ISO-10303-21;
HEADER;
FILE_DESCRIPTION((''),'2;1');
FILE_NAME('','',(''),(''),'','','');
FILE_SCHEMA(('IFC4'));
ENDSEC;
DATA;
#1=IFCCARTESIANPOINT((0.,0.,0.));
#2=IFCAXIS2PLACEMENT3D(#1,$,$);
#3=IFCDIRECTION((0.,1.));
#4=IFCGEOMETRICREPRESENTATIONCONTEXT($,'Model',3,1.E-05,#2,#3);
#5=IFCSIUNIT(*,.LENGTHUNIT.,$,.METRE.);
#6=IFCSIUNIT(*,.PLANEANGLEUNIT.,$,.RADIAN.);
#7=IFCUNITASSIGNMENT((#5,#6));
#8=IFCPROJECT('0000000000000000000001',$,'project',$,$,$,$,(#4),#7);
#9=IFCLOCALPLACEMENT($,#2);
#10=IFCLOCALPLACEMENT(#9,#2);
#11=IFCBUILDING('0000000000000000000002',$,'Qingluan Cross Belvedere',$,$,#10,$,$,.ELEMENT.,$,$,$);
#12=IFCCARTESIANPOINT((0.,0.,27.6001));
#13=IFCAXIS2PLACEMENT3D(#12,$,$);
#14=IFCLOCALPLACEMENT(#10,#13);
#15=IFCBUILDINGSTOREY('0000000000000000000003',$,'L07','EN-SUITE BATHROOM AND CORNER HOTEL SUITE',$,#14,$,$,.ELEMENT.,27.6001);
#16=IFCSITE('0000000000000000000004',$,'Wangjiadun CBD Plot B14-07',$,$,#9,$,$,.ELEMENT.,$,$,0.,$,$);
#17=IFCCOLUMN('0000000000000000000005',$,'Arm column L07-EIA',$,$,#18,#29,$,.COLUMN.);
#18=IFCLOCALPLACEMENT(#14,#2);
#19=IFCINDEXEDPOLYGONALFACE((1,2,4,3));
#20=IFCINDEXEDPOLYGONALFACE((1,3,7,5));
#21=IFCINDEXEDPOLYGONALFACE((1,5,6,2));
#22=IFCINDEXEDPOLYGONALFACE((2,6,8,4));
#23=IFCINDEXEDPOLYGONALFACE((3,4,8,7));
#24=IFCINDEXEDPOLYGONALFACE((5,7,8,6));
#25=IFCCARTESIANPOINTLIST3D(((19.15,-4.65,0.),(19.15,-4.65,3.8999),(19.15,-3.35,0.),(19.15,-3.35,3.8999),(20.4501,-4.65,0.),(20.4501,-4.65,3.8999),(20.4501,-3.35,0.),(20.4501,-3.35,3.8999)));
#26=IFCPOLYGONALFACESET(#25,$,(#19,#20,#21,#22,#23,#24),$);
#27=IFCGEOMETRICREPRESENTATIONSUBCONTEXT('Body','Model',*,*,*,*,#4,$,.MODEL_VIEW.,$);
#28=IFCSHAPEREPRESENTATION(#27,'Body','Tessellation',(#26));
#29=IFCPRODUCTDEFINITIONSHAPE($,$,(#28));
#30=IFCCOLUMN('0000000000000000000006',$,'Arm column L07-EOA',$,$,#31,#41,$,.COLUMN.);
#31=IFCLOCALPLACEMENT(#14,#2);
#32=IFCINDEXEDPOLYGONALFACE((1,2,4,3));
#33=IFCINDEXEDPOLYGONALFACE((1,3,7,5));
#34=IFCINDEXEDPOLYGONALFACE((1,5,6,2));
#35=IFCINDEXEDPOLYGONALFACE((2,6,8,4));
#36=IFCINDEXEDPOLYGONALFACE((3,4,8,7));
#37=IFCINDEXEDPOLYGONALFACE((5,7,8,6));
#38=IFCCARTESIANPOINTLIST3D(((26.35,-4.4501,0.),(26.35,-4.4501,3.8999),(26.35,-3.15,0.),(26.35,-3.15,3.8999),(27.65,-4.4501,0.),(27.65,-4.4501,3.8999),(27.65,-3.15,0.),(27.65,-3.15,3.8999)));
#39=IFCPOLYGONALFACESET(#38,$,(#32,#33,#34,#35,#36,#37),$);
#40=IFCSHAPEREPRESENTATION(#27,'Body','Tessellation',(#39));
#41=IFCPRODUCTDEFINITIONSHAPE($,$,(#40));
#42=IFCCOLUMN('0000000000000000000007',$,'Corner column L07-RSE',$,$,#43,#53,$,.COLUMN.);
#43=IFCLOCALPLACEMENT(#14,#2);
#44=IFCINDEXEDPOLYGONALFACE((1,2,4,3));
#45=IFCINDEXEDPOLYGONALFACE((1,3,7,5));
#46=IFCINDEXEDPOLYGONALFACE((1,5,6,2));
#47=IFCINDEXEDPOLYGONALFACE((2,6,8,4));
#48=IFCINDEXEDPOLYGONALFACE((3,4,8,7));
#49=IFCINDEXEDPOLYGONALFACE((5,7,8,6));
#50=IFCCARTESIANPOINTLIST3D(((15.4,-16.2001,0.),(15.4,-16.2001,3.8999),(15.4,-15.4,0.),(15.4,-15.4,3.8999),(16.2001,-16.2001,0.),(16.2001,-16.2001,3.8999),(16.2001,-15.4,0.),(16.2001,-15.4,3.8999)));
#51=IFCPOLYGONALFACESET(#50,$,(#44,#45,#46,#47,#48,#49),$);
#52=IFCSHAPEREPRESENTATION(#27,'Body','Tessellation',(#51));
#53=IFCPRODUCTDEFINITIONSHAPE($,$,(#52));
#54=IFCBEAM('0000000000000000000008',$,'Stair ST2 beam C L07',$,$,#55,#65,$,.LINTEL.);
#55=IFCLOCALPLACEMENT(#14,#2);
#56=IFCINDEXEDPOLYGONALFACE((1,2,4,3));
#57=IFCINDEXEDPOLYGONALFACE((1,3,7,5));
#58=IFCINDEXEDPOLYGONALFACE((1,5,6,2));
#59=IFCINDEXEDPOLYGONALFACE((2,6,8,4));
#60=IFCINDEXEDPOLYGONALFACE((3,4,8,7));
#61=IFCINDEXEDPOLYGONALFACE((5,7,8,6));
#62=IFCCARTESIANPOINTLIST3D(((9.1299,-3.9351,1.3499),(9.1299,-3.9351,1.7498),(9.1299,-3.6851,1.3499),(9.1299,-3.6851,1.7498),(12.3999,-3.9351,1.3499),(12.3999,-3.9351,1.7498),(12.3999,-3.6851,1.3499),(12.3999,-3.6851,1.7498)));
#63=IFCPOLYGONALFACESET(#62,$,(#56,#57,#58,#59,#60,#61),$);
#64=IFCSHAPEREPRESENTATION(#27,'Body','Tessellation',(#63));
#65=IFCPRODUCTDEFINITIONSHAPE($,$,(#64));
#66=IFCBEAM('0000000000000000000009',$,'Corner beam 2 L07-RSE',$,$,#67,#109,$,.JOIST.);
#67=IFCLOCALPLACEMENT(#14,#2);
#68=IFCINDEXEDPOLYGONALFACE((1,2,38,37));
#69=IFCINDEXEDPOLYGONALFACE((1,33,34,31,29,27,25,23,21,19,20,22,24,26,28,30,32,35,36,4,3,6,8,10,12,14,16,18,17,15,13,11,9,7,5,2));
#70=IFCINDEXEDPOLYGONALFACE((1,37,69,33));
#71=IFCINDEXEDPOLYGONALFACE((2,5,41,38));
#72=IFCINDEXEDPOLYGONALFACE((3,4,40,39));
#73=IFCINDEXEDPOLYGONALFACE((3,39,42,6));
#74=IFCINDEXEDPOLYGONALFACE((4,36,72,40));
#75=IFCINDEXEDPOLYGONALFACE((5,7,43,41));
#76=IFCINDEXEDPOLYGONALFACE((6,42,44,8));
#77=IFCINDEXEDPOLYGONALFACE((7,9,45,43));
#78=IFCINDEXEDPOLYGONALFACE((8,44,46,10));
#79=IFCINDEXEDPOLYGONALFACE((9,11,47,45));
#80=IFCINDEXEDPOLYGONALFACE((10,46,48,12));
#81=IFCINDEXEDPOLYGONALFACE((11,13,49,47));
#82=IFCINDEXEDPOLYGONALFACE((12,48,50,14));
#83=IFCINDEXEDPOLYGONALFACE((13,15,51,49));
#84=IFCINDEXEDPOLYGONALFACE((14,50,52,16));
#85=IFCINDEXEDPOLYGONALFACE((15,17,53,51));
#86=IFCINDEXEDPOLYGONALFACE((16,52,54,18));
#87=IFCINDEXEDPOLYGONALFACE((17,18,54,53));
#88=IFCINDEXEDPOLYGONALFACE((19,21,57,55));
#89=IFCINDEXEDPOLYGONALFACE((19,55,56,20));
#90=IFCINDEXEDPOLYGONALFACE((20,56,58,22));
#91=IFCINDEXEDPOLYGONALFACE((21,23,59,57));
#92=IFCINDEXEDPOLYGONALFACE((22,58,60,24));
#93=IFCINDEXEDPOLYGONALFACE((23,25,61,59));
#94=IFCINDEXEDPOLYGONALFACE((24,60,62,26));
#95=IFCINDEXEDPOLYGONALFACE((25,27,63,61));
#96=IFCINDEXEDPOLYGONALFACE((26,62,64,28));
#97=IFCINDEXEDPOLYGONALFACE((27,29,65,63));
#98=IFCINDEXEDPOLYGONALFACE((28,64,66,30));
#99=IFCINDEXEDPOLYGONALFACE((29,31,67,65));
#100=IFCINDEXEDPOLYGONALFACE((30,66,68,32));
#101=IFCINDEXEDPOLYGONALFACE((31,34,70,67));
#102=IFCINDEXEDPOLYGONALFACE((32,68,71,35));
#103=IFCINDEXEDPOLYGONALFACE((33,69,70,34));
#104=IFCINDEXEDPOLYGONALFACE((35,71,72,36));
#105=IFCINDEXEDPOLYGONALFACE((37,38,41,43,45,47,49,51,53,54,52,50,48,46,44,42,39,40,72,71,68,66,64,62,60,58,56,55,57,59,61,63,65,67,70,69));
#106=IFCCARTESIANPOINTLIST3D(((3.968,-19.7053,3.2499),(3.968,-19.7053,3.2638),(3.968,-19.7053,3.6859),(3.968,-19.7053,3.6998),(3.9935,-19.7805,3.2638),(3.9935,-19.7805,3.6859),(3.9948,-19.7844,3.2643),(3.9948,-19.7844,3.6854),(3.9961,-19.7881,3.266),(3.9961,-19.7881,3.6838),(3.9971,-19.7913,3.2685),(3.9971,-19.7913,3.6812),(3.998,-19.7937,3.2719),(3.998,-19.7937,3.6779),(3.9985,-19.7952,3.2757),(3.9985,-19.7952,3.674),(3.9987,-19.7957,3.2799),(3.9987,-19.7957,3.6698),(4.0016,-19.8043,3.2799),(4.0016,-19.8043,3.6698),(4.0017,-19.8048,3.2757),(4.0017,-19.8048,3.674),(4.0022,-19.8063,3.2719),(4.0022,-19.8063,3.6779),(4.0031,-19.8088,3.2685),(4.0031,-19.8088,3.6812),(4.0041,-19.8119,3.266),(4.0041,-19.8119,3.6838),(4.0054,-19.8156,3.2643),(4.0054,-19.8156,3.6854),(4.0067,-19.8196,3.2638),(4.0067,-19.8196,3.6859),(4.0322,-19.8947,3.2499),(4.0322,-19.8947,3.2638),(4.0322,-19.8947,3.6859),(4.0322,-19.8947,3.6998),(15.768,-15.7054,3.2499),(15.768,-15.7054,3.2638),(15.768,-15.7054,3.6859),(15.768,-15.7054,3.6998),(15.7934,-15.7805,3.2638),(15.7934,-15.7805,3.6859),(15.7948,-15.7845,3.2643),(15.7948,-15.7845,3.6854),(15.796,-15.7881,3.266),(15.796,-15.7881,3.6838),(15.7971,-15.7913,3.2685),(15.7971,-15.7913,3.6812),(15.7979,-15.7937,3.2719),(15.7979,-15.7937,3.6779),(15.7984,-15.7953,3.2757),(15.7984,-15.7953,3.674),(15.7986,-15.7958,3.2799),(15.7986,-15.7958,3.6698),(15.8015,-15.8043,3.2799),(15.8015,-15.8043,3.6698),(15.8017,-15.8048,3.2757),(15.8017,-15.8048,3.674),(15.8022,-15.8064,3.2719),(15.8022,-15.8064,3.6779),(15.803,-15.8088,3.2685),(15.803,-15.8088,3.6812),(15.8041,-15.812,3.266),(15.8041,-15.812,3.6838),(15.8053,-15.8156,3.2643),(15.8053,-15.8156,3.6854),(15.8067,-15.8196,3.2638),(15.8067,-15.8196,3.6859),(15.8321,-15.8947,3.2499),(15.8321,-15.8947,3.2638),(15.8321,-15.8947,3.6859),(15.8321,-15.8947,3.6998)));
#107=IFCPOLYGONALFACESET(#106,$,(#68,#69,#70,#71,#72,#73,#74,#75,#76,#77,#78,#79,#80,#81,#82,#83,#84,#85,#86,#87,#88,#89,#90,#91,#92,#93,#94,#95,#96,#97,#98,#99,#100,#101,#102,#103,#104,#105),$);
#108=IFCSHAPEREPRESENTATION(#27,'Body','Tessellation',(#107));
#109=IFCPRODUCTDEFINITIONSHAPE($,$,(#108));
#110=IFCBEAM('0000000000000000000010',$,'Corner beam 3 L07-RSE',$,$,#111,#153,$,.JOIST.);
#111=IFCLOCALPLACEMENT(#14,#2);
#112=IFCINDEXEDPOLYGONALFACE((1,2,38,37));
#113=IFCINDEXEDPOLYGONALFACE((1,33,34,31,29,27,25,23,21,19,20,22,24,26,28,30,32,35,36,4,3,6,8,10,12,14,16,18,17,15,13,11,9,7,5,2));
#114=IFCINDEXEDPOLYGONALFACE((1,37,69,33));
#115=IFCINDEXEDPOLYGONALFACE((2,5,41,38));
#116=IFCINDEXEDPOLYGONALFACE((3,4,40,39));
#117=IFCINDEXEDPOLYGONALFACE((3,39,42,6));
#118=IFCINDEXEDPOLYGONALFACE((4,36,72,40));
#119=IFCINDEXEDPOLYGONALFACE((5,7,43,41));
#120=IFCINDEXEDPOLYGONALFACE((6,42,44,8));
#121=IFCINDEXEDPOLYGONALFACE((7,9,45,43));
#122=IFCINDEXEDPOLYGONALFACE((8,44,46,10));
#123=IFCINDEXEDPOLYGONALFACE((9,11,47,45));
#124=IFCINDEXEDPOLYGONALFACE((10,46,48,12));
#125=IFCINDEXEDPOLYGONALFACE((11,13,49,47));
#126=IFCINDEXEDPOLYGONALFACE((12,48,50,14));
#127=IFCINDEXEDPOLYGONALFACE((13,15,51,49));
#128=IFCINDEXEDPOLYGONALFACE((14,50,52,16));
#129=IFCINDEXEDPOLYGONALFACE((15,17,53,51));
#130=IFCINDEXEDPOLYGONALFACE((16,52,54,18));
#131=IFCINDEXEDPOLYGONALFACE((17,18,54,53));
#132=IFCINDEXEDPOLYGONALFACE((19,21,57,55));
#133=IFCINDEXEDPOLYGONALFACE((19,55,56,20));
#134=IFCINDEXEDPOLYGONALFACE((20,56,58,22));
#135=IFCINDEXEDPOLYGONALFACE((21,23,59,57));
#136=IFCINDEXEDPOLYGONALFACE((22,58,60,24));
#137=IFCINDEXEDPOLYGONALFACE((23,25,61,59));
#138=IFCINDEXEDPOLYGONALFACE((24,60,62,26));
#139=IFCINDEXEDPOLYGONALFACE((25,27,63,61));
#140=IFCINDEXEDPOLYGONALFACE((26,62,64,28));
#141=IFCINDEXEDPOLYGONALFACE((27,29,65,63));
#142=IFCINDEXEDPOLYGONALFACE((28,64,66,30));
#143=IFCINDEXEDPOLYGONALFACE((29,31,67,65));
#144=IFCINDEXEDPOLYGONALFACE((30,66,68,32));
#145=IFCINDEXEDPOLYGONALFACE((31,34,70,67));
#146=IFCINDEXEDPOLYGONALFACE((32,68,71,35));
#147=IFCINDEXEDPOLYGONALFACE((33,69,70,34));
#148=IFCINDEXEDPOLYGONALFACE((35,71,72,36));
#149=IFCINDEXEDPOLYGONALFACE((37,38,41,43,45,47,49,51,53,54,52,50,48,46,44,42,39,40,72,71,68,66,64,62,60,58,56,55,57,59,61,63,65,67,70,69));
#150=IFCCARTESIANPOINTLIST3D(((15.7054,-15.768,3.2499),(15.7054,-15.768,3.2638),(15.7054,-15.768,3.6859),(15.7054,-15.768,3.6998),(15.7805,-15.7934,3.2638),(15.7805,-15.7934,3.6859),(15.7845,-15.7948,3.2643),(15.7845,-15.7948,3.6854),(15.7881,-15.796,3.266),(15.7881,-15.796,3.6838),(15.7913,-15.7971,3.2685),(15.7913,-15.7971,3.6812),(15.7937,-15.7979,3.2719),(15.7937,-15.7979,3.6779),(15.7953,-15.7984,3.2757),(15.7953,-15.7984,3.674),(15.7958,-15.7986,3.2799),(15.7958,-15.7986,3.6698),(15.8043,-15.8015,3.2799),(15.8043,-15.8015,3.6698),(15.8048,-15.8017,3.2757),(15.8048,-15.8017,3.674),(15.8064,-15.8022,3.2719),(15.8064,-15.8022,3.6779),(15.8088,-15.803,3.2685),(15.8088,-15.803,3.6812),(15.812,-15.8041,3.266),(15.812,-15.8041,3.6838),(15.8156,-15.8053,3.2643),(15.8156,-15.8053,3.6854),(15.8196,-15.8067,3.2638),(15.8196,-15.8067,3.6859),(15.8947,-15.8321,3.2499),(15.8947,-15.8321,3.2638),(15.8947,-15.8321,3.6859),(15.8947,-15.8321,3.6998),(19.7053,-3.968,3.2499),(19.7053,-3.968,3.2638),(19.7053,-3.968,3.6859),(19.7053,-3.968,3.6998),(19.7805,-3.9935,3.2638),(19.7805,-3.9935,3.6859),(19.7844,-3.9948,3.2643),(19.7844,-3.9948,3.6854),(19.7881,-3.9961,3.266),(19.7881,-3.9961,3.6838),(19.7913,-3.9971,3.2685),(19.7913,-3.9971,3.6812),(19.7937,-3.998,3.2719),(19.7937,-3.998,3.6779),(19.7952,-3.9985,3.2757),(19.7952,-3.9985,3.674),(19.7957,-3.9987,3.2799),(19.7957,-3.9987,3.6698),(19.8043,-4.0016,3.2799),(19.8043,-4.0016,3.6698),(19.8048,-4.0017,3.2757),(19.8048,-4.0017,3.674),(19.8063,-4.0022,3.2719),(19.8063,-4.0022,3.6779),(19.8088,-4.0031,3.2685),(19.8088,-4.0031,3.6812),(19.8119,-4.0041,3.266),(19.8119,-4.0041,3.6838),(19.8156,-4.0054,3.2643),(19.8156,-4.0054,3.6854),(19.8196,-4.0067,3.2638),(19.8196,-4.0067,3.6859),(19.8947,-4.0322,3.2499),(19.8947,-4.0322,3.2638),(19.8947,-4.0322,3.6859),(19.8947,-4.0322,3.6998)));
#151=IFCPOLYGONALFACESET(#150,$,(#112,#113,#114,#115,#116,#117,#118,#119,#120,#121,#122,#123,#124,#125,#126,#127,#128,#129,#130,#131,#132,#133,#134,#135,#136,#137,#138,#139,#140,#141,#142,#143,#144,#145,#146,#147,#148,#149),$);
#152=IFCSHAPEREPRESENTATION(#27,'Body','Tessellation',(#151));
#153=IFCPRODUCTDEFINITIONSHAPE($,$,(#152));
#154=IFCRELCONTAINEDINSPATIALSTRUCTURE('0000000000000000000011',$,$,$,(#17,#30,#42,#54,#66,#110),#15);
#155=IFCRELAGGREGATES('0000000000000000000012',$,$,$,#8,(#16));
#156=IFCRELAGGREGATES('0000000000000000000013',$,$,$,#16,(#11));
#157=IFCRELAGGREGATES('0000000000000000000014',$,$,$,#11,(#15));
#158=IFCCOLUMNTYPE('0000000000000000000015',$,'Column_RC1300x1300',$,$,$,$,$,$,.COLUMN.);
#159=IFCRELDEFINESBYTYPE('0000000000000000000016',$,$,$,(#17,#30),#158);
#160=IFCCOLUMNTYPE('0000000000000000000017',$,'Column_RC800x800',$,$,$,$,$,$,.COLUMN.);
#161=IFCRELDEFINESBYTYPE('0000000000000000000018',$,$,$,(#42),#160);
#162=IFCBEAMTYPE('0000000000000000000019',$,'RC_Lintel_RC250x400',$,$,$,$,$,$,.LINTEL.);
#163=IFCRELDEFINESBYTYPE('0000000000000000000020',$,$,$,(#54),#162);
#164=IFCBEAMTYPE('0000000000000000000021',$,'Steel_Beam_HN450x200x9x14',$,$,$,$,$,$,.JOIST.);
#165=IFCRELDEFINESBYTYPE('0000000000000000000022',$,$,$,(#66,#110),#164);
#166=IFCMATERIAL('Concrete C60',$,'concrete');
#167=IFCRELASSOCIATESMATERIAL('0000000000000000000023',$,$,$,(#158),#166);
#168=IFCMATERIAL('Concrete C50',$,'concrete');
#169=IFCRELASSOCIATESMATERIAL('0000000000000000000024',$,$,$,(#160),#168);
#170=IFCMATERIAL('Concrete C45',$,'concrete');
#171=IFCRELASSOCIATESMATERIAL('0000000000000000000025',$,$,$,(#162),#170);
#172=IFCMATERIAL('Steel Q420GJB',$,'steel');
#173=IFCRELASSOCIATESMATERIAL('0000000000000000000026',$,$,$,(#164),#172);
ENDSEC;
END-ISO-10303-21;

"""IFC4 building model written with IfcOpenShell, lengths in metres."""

from ifc_helpers import new_model, si_unit, direction, frame, origin, origin_2d, place, context, subcontext, project, spatial, rectangle, i_section, extrude, material, material_profile, profile_set, type_object, element, save


model = new_model("IFC4")

# Units and contexts
model_context = context("Model", 3, precision=1e-05, world=origin(), true_north=direction((0.0, 1.0)))
body_context = subcontext(model_context, "Body", "Model", "MODEL_VIEW")
ifc_project = project(units=[si_unit("LENGTHUNIT", "METRE"), si_unit("PLANEANGLEUNIT", "RADIAN")], contexts=[model_context])

# Site, building, storey
site_placement = place(None, origin())
site = spatial("IfcSite", under=ifc_project, at=site_placement, Name="Wangjiadun CBD Plot B14-07", CompositionType="ELEMENT", RefElevation=0.0)
building_placement = place(site_placement, origin())
building = spatial("IfcBuilding", under=site, at=building_placement, Name="Qingluan Cross Belvedere", CompositionType="ELEMENT")
storey_placement = place(building_placement, frame((0.0, 0.0, 27.6001)))
storey = spatial("IfcBuildingStorey", under=building, at=storey_placement, Name="L07", Description="EN-SUITE BATHROOM AND CORNER HOTEL SUITE", CompositionType="ELEMENT", Elevation=27.6001)

# Columns
ifc_material_1 = material(Name="Concrete C60", Category="concrete")
ifc_material_profile_1 = material_profile(ifc_material_1, rectangle(XDim=1.3, YDim=1.3, at=origin_2d()), Name="RC1300x1300")
ifc_profile_set_1 = profile_set([ifc_material_profile_1], Name="Concrete C60")
column_type_1 = type_object("IfcColumnType", Name="Column_RC1300x1300", PredefinedType="COLUMN", material=ifc_profile_set_1)
for number, where, z_axis, x_axis, name in (
    (1, (19.8, -4.0, 0.0), (0.0, 0.0, 1.0), (1.0, 0.0, 0.0), "Arm column L07-EIA"),
    (2, (27.0, -3.8, 0.0), (0.0, 0.0, 1.0), (1.0, 0.0, 0.0), "Arm column L07-EOA"),
):
    element("IfcColumn", number, at=place(storey_placement, frame(where, z_axis=z_axis, x_axis=x_axis)), inside=storey, type_object=column_type_1, Name=name, PredefinedType="COLUMN", context=body_context, shape_type="SweptSolid", body=[
        extrude(rectangle(XDim=1.3, YDim=1.3, at=origin_2d()), origin(), (0.0, 0.0, 1.0), 3.8999),
    ])
ifc_material_2 = material(Name="Concrete C50", Category="concrete")
ifc_material_profile_2 = material_profile(ifc_material_2, rectangle(XDim=0.8, YDim=0.8, at=origin_2d()), Name="RC800x800")
ifc_profile_set_2 = profile_set([ifc_material_profile_2], Name="Concrete C50")
column_type_2 = type_object("IfcColumnType", Name="Column_RC800x800", PredefinedType="COLUMN", material=ifc_profile_set_2)
column_placement = place(storey_placement, frame((15.8, -15.8, 0.0), z_axis=(0.0, 0.0, 1.0), x_axis=(1.0, 0.0, 0.0)))
element("IfcColumn", 3, at=column_placement, inside=storey, type_object=column_type_2, Name="Corner column L07-RSE", PredefinedType="COLUMN", context=body_context, shape_type="SweptSolid", body=[
    extrude(rectangle(XDim=0.8, YDim=0.8, at=origin_2d()), origin(), (0.0, 0.0, 1.0), 3.8999),
])

# Beams
ifc_material_3 = material(Name="Concrete C45", Category="concrete")
ifc_material_profile_3 = material_profile(ifc_material_3, rectangle(XDim=0.25, YDim=0.3999, at=origin_2d()), Name="RC250x400")
ifc_profile_set_3 = profile_set([ifc_material_profile_3], Name="Concrete C45")
beam_type_1 = type_object("IfcBeamType", Name="RC_Lintel_RC250x400", PredefinedType="LINTEL", material=ifc_profile_set_3)
beam_1_placement = place(storey_placement, frame((12.3999, -3.8101, 1.5498), z_axis=(-1.0, 0.0, 0.0), x_axis=(0.0, -1.0, 0.0)))
element("IfcBeam", 4, at=beam_1_placement, inside=storey, type_object=beam_type_1, Name="Stair ST2 beam C L07", PredefinedType="LINTEL", context=body_context, shape_type="SweptSolid", body=[
    extrude(rectangle(XDim=0.25, YDim=0.3999, at=origin_2d()), origin(), (0.0, 0.0, 1.0), 3.27),
])
ifc_material_4 = material(Name="Steel Q420GJB", Category="steel")
ifc_material_profile_4 = material_profile(ifc_material_4, i_section(OverallWidth=0.2, OverallDepth=0.45, WebThickness=0.009, FlangeThickness=0.0139, FilletRadius=0.0161, at=origin_2d()), Name="HN450x200x9x14")
ifc_profile_set_4 = profile_set([ifc_material_profile_4], Name="Steel Q420GJB")
beam_type_2 = type_object("IfcBeamType", Name="Steel_Beam_HN450x200x9x14", PredefinedType="JOIST", material=ifc_profile_set_4)
for number, where, z_axis, x_axis, name in (
    (5, (15.8, -15.8, 3.4749), (-0.947066, -0.321038, 0.0), (0.321038, -0.947066, 0.0), "Corner beam 2 L07-RSE"),
    (6, (15.8, -15.8, 3.4749), (0.321038, 0.947066, 0.0), (-0.947066, 0.321038, 0.0), "Corner beam 3 L07-RSE"),
):
    element("IfcBeam", number, at=place(storey_placement, frame(where, z_axis=z_axis, x_axis=x_axis)), inside=storey, type_object=beam_type_2, Name=name, PredefinedType="JOIST", context=body_context, shape_type="SweptSolid", body=[
        extrude(i_section(OverallWidth=0.2, OverallDepth=0.45, WebThickness=0.009, FlangeThickness=0.0139, FilletRadius=0.0161, at=origin_2d()), origin(), (0.0, 0.0, 1.0), 12.4595),
    ])

save(model, "model.ifc")
